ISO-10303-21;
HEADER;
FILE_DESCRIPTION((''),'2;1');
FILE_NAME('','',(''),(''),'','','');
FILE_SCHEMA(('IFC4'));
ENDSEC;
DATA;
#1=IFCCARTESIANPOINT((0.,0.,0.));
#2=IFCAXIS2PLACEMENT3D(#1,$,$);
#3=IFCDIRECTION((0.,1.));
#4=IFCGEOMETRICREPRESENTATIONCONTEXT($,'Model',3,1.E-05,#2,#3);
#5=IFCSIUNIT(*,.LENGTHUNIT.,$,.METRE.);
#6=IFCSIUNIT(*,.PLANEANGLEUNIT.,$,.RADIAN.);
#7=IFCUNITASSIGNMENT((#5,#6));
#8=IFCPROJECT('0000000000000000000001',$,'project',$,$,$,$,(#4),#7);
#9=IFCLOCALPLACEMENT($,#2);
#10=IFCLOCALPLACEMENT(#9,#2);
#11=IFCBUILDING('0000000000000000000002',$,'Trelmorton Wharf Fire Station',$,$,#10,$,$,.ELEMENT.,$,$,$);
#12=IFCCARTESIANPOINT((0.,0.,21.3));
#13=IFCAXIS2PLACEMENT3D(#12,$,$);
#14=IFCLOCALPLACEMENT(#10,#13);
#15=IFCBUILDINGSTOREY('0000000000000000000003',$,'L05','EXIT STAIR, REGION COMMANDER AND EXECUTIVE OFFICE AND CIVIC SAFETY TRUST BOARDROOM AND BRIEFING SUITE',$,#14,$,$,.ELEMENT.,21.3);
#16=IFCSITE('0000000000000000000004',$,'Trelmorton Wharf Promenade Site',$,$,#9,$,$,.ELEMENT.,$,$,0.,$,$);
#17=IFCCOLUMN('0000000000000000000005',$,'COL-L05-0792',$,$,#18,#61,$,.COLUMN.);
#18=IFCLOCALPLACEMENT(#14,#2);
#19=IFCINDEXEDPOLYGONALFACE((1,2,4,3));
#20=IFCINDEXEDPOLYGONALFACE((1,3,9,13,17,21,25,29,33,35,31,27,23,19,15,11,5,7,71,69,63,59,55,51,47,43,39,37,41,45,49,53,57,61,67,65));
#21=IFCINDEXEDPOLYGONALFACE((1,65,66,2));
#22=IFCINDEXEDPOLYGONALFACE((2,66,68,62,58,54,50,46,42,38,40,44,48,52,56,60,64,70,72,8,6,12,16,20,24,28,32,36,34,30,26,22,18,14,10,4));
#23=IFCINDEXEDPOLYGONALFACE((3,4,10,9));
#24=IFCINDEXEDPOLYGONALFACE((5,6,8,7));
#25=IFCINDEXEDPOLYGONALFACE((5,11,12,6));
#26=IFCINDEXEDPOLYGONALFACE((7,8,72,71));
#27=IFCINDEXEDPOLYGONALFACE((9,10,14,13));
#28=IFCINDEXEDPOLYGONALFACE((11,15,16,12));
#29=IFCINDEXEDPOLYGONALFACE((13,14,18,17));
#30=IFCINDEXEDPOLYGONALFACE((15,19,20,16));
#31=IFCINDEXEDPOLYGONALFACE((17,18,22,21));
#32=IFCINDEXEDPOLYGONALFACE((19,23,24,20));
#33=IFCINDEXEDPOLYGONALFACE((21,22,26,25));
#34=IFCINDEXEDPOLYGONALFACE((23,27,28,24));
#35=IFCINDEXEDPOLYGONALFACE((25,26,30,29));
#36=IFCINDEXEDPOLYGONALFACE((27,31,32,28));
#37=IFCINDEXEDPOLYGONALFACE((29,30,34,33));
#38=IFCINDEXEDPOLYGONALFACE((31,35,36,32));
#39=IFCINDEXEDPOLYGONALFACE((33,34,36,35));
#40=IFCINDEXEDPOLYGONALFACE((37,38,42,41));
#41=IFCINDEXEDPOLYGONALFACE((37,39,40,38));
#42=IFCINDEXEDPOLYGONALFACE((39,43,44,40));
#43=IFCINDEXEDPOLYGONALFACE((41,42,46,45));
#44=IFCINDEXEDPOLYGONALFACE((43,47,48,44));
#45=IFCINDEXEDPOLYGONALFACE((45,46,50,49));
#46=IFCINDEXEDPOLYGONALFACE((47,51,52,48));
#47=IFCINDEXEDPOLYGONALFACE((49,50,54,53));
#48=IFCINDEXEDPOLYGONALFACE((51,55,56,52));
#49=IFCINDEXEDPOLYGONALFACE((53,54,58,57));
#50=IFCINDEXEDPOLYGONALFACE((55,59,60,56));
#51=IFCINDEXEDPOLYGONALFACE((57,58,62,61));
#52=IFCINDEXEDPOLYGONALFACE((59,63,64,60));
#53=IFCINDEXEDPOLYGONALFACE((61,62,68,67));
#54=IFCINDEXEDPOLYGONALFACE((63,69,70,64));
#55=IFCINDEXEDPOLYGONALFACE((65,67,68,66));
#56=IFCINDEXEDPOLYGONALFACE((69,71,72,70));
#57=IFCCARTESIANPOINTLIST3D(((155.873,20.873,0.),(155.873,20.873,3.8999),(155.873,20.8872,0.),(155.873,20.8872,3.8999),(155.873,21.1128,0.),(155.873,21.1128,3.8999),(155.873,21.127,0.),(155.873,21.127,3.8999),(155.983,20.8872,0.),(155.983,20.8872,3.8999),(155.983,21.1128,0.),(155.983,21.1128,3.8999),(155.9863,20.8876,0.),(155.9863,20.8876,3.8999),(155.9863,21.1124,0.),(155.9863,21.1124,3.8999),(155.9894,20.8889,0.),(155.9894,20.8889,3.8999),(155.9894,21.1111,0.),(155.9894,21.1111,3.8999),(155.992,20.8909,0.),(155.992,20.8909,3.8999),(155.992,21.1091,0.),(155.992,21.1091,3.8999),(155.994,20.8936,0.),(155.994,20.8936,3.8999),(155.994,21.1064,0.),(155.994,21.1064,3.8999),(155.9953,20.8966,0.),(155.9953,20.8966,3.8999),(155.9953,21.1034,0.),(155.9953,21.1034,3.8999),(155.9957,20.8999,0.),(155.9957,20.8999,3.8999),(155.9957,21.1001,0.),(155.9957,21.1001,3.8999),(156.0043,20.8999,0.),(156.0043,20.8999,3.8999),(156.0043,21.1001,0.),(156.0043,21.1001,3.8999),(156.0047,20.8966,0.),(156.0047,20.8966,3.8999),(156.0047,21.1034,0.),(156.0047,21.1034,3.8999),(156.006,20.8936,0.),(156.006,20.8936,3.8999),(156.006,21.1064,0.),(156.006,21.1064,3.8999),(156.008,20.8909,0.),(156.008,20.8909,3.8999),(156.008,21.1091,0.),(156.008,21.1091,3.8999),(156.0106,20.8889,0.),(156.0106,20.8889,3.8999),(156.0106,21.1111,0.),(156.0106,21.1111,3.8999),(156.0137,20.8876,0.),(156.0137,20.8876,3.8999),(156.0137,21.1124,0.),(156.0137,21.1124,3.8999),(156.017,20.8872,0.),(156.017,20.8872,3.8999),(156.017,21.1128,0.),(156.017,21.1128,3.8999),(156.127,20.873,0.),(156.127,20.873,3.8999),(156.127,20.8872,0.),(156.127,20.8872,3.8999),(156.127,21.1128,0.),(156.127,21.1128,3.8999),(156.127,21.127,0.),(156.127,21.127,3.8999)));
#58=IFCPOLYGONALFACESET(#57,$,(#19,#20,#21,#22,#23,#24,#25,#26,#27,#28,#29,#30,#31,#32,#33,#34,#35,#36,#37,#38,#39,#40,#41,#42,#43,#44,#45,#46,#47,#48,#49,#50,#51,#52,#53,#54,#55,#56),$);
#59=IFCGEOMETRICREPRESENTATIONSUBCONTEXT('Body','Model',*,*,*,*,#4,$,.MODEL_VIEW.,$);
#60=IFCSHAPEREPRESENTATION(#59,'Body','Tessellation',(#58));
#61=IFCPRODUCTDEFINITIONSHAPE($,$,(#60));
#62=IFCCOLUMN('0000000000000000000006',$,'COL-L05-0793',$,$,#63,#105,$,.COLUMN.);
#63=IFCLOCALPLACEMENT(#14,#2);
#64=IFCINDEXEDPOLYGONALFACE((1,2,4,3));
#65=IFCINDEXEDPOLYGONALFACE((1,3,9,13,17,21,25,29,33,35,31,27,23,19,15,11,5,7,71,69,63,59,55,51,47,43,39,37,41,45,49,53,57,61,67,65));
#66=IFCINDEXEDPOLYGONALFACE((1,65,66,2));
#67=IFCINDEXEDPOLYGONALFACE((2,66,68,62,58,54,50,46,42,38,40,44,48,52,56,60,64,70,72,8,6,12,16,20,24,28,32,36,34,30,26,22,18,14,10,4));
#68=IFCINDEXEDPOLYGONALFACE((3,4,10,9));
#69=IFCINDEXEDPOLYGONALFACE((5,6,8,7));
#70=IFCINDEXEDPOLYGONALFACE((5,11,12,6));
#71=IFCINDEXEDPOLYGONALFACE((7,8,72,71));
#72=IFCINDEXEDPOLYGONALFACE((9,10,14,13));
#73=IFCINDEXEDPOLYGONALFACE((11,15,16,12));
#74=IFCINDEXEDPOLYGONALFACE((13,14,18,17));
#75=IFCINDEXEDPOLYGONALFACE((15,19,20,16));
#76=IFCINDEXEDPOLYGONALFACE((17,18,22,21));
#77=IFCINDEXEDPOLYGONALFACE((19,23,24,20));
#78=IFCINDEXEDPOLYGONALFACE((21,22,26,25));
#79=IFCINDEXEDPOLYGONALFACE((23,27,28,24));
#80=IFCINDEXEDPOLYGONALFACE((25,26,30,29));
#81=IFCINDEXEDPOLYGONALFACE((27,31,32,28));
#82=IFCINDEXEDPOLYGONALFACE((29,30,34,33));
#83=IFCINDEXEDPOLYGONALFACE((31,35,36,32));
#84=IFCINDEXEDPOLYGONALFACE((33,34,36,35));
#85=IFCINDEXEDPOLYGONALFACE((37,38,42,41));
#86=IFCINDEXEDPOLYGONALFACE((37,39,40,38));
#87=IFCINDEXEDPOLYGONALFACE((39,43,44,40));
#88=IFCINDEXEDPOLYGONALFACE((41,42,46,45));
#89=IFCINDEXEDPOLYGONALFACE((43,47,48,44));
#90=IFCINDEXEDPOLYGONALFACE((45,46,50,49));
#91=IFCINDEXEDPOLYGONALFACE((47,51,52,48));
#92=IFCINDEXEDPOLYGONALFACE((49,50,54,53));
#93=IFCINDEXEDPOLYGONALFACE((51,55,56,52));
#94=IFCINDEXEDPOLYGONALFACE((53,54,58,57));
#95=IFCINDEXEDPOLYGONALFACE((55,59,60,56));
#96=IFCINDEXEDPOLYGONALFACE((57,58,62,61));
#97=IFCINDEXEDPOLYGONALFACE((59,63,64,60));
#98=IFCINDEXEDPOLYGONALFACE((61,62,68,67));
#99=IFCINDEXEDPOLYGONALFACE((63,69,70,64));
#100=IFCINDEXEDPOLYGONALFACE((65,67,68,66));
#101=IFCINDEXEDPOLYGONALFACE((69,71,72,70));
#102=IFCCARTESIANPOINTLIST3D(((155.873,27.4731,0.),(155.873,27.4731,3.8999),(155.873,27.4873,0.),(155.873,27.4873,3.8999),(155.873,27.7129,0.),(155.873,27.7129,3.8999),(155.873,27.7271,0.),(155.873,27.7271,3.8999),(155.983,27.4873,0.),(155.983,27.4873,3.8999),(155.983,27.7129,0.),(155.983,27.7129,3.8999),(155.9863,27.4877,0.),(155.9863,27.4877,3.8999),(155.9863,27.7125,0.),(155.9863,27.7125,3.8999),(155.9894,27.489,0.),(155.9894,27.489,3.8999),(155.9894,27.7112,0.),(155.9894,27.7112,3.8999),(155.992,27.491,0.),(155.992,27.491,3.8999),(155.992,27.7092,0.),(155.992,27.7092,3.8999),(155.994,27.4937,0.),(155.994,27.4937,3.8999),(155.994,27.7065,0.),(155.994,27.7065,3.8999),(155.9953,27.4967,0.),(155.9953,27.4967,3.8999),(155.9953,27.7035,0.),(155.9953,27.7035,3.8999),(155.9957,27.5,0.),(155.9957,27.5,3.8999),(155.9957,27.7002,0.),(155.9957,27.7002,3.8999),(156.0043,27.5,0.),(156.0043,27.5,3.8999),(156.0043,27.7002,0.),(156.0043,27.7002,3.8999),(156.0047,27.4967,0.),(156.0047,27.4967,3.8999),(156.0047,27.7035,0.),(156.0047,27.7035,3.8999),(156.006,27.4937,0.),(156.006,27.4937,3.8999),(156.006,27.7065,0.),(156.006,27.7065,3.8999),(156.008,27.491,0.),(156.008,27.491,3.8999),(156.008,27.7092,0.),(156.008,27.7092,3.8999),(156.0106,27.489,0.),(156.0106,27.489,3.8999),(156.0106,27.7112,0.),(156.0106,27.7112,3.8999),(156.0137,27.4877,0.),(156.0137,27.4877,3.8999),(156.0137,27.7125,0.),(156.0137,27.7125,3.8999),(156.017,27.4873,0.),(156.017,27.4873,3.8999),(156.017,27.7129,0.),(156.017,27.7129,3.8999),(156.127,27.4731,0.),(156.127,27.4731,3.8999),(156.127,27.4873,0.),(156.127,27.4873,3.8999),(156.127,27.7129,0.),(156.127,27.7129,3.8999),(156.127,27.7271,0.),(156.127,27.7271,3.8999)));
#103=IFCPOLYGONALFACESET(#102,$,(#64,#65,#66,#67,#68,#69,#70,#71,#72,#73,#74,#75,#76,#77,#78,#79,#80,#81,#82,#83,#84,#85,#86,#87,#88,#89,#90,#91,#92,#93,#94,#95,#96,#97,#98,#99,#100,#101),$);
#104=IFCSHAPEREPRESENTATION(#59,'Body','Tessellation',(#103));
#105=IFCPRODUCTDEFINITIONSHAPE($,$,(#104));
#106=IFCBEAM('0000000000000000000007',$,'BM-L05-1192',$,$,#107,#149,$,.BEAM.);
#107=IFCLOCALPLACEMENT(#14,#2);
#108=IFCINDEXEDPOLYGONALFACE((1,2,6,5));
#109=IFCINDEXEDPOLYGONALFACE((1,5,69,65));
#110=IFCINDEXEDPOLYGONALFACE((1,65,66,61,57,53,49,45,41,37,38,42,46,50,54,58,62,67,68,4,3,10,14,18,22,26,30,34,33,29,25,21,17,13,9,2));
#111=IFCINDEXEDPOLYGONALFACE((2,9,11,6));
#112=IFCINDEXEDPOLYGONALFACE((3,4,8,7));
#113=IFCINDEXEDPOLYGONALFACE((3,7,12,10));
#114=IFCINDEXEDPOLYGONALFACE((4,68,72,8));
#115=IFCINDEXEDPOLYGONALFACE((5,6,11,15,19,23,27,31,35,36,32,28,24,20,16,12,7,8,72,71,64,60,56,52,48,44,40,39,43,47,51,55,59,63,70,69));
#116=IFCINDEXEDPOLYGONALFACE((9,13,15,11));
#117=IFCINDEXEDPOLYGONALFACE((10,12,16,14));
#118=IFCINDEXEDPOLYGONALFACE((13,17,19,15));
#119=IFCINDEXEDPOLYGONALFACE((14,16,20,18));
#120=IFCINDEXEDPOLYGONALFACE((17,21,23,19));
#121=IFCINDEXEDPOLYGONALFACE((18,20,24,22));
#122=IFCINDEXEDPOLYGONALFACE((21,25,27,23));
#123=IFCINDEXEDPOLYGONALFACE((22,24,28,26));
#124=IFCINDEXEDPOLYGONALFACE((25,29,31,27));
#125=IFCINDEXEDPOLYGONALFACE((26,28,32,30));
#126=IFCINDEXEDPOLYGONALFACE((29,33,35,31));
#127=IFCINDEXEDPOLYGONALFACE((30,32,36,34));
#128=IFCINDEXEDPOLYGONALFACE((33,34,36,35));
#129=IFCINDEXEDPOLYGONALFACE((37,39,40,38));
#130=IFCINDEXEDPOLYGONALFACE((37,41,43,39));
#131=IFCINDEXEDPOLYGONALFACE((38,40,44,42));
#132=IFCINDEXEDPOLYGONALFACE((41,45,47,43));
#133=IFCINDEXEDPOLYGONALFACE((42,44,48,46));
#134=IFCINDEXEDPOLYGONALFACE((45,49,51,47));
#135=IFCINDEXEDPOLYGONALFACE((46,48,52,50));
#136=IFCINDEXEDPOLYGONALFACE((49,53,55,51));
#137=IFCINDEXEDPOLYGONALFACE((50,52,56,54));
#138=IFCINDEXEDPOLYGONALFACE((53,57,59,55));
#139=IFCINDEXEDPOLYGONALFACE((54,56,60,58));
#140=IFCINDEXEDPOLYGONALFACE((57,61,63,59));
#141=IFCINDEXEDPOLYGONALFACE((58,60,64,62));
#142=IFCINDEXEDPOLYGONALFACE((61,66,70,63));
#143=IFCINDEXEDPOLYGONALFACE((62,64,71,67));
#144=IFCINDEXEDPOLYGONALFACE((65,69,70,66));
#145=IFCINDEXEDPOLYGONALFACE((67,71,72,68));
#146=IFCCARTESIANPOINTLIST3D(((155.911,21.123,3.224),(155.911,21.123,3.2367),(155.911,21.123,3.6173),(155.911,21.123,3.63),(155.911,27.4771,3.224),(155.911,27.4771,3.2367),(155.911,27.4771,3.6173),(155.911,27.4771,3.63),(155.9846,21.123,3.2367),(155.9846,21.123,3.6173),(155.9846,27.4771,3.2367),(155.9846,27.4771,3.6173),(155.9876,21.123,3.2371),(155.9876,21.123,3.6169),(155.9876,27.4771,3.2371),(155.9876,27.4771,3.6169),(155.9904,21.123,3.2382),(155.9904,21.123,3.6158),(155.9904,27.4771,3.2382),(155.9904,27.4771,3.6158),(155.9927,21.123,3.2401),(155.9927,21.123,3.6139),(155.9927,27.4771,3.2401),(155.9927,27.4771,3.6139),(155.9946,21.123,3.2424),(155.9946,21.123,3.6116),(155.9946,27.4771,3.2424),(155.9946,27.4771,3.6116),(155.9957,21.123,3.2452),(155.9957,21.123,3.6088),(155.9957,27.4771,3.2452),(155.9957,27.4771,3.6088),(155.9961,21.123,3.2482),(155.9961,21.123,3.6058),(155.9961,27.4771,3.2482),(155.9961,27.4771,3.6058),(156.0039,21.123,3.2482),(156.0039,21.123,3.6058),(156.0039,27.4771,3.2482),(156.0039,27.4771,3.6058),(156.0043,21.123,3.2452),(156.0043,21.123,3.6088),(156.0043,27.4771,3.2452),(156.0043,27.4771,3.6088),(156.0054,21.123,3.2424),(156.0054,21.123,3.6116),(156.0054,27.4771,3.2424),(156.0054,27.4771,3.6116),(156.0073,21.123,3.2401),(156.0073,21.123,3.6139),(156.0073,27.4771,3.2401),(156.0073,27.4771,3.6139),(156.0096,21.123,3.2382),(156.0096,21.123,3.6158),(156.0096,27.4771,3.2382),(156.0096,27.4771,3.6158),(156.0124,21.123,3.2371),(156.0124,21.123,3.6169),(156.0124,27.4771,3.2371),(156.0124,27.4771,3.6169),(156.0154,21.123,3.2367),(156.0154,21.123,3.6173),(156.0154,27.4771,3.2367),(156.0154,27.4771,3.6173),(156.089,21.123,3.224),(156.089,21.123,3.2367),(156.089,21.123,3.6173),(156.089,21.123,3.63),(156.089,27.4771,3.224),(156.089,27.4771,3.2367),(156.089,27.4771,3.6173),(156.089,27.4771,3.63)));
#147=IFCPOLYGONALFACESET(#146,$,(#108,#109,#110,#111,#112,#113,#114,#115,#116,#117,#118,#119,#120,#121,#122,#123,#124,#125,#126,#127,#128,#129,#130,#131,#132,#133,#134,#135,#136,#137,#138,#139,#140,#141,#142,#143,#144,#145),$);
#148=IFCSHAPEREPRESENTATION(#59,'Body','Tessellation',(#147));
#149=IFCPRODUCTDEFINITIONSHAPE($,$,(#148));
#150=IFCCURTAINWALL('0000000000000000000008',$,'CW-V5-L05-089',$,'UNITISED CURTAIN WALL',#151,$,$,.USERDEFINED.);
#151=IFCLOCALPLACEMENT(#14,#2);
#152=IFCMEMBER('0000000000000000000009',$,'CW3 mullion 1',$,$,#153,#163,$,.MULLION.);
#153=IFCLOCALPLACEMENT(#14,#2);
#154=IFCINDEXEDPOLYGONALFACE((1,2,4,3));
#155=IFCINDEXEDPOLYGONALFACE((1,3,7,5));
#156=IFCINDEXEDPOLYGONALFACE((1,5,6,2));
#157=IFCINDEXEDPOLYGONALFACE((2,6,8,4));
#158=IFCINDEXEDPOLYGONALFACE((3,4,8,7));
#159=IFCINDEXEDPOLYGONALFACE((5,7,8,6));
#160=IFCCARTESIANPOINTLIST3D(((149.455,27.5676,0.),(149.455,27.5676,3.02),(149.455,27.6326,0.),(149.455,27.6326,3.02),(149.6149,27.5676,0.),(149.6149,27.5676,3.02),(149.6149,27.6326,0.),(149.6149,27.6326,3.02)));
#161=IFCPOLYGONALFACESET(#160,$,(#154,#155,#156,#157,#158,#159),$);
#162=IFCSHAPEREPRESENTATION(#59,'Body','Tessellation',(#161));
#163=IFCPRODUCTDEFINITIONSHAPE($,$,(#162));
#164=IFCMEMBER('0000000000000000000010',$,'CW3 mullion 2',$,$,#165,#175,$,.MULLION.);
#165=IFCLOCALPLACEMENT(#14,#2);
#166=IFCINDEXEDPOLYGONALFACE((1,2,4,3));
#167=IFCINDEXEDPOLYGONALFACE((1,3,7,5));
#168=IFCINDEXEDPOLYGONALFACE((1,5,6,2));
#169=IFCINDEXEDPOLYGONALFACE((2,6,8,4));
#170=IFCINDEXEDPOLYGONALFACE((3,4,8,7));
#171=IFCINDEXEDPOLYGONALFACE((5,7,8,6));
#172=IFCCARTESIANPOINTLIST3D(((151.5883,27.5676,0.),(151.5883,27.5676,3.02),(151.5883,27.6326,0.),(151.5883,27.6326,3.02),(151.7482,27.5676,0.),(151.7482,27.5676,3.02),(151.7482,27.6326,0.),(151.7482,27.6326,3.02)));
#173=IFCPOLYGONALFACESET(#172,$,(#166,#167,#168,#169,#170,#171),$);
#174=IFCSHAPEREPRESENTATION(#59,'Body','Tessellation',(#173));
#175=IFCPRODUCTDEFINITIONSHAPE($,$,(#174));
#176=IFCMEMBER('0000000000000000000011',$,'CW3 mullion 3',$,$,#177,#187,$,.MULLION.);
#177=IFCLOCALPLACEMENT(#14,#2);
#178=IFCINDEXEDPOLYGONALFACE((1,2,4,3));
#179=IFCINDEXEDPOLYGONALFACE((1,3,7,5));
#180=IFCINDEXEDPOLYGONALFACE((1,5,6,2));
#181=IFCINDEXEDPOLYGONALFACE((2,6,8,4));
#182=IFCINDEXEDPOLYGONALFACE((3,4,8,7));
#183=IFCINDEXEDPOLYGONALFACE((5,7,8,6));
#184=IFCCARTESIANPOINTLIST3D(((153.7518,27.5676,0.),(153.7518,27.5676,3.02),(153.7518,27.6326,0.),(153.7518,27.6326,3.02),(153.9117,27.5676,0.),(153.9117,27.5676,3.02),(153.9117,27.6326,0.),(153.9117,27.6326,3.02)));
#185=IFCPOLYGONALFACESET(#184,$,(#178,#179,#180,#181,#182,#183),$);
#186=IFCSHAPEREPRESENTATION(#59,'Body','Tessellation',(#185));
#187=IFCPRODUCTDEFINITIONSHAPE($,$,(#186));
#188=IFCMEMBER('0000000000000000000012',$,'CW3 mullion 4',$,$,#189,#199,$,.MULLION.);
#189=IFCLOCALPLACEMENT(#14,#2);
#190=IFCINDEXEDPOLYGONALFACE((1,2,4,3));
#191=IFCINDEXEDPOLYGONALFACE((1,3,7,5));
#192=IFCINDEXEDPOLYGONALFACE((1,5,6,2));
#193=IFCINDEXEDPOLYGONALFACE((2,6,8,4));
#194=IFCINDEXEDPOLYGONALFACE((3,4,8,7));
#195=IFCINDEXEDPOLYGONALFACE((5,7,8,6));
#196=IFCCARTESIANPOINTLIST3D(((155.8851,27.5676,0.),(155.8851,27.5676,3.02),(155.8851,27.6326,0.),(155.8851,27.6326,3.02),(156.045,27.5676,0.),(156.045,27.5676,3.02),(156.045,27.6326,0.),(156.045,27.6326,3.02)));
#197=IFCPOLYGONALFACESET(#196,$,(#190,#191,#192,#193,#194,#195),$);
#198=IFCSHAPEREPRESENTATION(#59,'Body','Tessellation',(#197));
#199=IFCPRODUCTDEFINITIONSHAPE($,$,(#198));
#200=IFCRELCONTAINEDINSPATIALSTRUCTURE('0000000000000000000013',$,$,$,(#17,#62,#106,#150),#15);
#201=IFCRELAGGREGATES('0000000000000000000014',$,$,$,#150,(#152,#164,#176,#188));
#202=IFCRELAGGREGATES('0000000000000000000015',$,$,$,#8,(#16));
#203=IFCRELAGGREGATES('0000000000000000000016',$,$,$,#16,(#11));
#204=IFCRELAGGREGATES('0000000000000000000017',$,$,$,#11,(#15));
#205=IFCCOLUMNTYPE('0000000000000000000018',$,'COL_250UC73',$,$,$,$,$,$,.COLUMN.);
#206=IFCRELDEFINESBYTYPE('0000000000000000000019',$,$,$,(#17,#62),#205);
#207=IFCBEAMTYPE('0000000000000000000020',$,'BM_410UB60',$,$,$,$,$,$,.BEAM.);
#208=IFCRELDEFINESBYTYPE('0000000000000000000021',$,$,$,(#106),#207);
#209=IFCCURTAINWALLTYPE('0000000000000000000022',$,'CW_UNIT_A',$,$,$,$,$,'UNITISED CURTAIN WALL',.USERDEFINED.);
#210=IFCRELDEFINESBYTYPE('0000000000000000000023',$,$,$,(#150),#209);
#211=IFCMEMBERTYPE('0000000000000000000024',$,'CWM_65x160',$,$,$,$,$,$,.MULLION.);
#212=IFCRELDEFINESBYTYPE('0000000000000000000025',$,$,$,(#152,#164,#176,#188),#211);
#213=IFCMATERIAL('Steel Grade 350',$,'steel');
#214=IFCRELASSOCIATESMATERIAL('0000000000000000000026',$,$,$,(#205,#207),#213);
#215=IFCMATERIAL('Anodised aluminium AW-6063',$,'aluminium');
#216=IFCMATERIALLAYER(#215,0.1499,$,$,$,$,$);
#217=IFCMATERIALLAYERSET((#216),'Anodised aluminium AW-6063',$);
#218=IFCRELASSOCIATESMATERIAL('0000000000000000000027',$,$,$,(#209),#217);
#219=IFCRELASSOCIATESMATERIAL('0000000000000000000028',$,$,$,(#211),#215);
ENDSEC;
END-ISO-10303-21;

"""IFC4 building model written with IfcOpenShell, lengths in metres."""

from ifc_helpers import new_model, si_unit, direction, frame, origin, origin_2d, place, context, subcontext, project, spatial, rectangle, i_section, extrude, material, layer, layer_set, material_profile, profile_set, type_object, element, aggregate, save


model = new_model("IFC4")

# Units and contexts
model_context = context("Model", 3, precision=1e-05, world=origin(), true_north=direction((0.0, 1.0)))
body_context = subcontext(model_context, "Body", "Model", "MODEL_VIEW")
ifc_project = project(units=[si_unit("LENGTHUNIT", "METRE"), si_unit("PLANEANGLEUNIT", "RADIAN")], contexts=[model_context])

# Site, building, storey
site_placement = place(None, origin())
site = spatial("IfcSite", under=ifc_project, at=site_placement, Name="Trelmorton Wharf Promenade Site", CompositionType="ELEMENT", RefElevation=0.0)
building_placement = place(site_placement, origin())
building = spatial("IfcBuilding", under=site, at=building_placement, Name="Trelmorton Wharf Fire Station", CompositionType="ELEMENT")
storey_placement = place(building_placement, frame((0.0, 0.0, 21.3)))
storey = spatial("IfcBuildingStorey", under=building, at=storey_placement, Name="L05", Description="EXIT STAIR, REGION COMMANDER AND EXECUTIVE OFFICE AND CIVIC SAFETY TRUST BOARDROOM AND BRIEFING SUITE", CompositionType="ELEMENT", Elevation=21.3)

# Columns
ifc_material_1 = material(Name="Steel Grade 350", Category="steel")
ifc_material_profile_1 = material_profile(ifc_material_1, i_section(OverallWidth=0.2539, OverallDepth=0.2539, WebThickness=0.0085, FlangeThickness=0.0142, FilletRadius=0.0127, at=origin_2d()), Name="250UC72.9")
ifc_profile_set_1 = profile_set([ifc_material_profile_1], Name="Steel Grade 350")
column_type = type_object("IfcColumnType", Name="COL_250UC73", PredefinedType="COLUMN", material=ifc_profile_set_1)
for number, where, z_axis, x_axis, name in (
    (1, (156.0, 21.0, 0.0), (0.0, 0.0, 1.0), (1.0, 0.0, 0.0), "COL-L05-0792"),
    (2, (156.0, 27.6001, 0.0), (0.0, 0.0, 1.0), (1.0, 0.0, 0.0), "COL-L05-0793"),
):
    element("IfcColumn", number, at=place(storey_placement, frame(where, z_axis=z_axis, x_axis=x_axis)), inside=storey, type_object=column_type, Name=name, PredefinedType="COLUMN", context=body_context, shape_type="SweptSolid", body=[
        extrude(i_section(OverallWidth=0.2539, OverallDepth=0.2539, WebThickness=0.0085, FlangeThickness=0.0142, FilletRadius=0.0127, at=origin_2d()), origin(), (0.0, 0.0, 1.0), 3.8999),
    ])

# Beam
ifc_material_profile_2 = material_profile(ifc_material_1, i_section(OverallWidth=0.178, OverallDepth=0.406, WebThickness=0.0078, FlangeThickness=0.0127, FilletRadius=0.0115, at=origin_2d()), Name="410UB59.7")
ifc_profile_set_2 = profile_set([ifc_material_profile_2], Name="Steel Grade 350")
beam_type_1 = type_object("IfcBeamType", Name="BM_410UB60", PredefinedType="BEAM", material=ifc_profile_set_2)
beam_1_placement = place(storey_placement, frame((156.0, 21.123, 3.427), z_axis=(0.0, 1.0, 0.0), x_axis=(-1.0, 0.0, 0.0)))
element("IfcBeam", 3, at=beam_1_placement, inside=storey, type_object=beam_type_1, Name="BM-L05-1192", PredefinedType="BEAM", context=body_context, shape_type="SweptSolid", body=[
    extrude(i_section(OverallWidth=0.178, OverallDepth=0.406, WebThickness=0.0078, FlangeThickness=0.0127, FilletRadius=0.0115, at=origin_2d()), origin(), (0.0, 0.0, 1.0), 6.354),
])

# Curtain wall, members
ifc_material_2 = material(Name="Anodised aluminium AW-6063", Category="aluminium")
ifc_layer_1 = layer(ifc_material_2, 0.1499)
ifc_layer_set_1 = layer_set([ifc_layer_1], Name="Anodised aluminium AW-6063")
curtain_wall_type = type_object("IfcCurtainWallType", Name="CW_UNIT_A", ElementType="UNITISED CURTAIN WALL", PredefinedType="USERDEFINED", material=ifc_layer_set_1)
curtain_wall_placement = place(storey_placement, origin())
curtain_wall = element("IfcCurtainWall", 4, at=curtain_wall_placement, inside=storey, type_object=curtain_wall_type, Name="CW-V5-L05-089", ObjectType="UNITISED CURTAIN WALL", PredefinedType="USERDEFINED")
ifc_material_profile_3 = material_profile(ifc_material_2, rectangle(XDim=0.0649, YDim=0.1599, at=origin_2d()), Name="ALU-65x160")
ifc_profile_set_3 = profile_set([ifc_material_profile_3], Name="Anodised aluminium AW-6063")
member_type_1 = type_object("IfcMemberType", Name="CWM_65x160", PredefinedType="MULLION", material=ifc_profile_set_3)
member_1_placement = place(storey_placement, frame((149.5349, 27.6001, 0.0), z_axis=(0.0, 0.0, 1.0), x_axis=(0.0, 1.0, 0.0)))
member_1 = element("IfcMember", 5, at=member_1_placement, type_object=member_type_1, Name="CW3 mullion 1", PredefinedType="MULLION", context=body_context, shape_type="SweptSolid", body=[
    extrude(rectangle(XDim=0.0649, YDim=0.1599, at=origin_2d()), origin(), (0.0, 0.0, 1.0), 3.02),
])
member_2_placement = place(storey_placement, frame((151.6682, 27.6001, 0.0), z_axis=(0.0, 0.0, 1.0), x_axis=(0.0, 1.0, 0.0)))
member_2 = element("IfcMember", 6, at=member_2_placement, type_object=member_type_1, Name="CW3 mullion 2", PredefinedType="MULLION", context=body_context, shape_type="SweptSolid", body=[
    extrude(rectangle(XDim=0.0649, YDim=0.1599, at=origin_2d()), origin(), (0.0, 0.0, 1.0), 3.02),
])
member_3_placement = place(storey_placement, frame((153.8318, 27.6001, 0.0), z_axis=(0.0, 0.0, 1.0), x_axis=(0.0, 1.0, 0.0)))
member_3 = element("IfcMember", 7, at=member_3_placement, type_object=member_type_1, Name="CW3 mullion 3", PredefinedType="MULLION", context=body_context, shape_type="SweptSolid", body=[
    extrude(rectangle(XDim=0.0649, YDim=0.1599, at=origin_2d()), origin(), (0.0, 0.0, 1.0), 3.02),
])
member_4_placement = place(storey_placement, frame((155.9651, 27.6001, 0.0), z_axis=(0.0, 0.0, 1.0), x_axis=(0.0, 1.0, 0.0)))
member_4 = element("IfcMember", 8, at=member_4_placement, type_object=member_type_1, Name="CW3 mullion 4", PredefinedType="MULLION", context=body_context, shape_type="SweptSolid", body=[
    extrude(rectangle(XDim=0.0649, YDim=0.1599, at=origin_2d()), origin(), (0.0, 0.0, 1.0), 3.02),
])

aggregate(curtain_wall, [member_1, member_2, member_3, member_4])

save(model, "model.ifc")
